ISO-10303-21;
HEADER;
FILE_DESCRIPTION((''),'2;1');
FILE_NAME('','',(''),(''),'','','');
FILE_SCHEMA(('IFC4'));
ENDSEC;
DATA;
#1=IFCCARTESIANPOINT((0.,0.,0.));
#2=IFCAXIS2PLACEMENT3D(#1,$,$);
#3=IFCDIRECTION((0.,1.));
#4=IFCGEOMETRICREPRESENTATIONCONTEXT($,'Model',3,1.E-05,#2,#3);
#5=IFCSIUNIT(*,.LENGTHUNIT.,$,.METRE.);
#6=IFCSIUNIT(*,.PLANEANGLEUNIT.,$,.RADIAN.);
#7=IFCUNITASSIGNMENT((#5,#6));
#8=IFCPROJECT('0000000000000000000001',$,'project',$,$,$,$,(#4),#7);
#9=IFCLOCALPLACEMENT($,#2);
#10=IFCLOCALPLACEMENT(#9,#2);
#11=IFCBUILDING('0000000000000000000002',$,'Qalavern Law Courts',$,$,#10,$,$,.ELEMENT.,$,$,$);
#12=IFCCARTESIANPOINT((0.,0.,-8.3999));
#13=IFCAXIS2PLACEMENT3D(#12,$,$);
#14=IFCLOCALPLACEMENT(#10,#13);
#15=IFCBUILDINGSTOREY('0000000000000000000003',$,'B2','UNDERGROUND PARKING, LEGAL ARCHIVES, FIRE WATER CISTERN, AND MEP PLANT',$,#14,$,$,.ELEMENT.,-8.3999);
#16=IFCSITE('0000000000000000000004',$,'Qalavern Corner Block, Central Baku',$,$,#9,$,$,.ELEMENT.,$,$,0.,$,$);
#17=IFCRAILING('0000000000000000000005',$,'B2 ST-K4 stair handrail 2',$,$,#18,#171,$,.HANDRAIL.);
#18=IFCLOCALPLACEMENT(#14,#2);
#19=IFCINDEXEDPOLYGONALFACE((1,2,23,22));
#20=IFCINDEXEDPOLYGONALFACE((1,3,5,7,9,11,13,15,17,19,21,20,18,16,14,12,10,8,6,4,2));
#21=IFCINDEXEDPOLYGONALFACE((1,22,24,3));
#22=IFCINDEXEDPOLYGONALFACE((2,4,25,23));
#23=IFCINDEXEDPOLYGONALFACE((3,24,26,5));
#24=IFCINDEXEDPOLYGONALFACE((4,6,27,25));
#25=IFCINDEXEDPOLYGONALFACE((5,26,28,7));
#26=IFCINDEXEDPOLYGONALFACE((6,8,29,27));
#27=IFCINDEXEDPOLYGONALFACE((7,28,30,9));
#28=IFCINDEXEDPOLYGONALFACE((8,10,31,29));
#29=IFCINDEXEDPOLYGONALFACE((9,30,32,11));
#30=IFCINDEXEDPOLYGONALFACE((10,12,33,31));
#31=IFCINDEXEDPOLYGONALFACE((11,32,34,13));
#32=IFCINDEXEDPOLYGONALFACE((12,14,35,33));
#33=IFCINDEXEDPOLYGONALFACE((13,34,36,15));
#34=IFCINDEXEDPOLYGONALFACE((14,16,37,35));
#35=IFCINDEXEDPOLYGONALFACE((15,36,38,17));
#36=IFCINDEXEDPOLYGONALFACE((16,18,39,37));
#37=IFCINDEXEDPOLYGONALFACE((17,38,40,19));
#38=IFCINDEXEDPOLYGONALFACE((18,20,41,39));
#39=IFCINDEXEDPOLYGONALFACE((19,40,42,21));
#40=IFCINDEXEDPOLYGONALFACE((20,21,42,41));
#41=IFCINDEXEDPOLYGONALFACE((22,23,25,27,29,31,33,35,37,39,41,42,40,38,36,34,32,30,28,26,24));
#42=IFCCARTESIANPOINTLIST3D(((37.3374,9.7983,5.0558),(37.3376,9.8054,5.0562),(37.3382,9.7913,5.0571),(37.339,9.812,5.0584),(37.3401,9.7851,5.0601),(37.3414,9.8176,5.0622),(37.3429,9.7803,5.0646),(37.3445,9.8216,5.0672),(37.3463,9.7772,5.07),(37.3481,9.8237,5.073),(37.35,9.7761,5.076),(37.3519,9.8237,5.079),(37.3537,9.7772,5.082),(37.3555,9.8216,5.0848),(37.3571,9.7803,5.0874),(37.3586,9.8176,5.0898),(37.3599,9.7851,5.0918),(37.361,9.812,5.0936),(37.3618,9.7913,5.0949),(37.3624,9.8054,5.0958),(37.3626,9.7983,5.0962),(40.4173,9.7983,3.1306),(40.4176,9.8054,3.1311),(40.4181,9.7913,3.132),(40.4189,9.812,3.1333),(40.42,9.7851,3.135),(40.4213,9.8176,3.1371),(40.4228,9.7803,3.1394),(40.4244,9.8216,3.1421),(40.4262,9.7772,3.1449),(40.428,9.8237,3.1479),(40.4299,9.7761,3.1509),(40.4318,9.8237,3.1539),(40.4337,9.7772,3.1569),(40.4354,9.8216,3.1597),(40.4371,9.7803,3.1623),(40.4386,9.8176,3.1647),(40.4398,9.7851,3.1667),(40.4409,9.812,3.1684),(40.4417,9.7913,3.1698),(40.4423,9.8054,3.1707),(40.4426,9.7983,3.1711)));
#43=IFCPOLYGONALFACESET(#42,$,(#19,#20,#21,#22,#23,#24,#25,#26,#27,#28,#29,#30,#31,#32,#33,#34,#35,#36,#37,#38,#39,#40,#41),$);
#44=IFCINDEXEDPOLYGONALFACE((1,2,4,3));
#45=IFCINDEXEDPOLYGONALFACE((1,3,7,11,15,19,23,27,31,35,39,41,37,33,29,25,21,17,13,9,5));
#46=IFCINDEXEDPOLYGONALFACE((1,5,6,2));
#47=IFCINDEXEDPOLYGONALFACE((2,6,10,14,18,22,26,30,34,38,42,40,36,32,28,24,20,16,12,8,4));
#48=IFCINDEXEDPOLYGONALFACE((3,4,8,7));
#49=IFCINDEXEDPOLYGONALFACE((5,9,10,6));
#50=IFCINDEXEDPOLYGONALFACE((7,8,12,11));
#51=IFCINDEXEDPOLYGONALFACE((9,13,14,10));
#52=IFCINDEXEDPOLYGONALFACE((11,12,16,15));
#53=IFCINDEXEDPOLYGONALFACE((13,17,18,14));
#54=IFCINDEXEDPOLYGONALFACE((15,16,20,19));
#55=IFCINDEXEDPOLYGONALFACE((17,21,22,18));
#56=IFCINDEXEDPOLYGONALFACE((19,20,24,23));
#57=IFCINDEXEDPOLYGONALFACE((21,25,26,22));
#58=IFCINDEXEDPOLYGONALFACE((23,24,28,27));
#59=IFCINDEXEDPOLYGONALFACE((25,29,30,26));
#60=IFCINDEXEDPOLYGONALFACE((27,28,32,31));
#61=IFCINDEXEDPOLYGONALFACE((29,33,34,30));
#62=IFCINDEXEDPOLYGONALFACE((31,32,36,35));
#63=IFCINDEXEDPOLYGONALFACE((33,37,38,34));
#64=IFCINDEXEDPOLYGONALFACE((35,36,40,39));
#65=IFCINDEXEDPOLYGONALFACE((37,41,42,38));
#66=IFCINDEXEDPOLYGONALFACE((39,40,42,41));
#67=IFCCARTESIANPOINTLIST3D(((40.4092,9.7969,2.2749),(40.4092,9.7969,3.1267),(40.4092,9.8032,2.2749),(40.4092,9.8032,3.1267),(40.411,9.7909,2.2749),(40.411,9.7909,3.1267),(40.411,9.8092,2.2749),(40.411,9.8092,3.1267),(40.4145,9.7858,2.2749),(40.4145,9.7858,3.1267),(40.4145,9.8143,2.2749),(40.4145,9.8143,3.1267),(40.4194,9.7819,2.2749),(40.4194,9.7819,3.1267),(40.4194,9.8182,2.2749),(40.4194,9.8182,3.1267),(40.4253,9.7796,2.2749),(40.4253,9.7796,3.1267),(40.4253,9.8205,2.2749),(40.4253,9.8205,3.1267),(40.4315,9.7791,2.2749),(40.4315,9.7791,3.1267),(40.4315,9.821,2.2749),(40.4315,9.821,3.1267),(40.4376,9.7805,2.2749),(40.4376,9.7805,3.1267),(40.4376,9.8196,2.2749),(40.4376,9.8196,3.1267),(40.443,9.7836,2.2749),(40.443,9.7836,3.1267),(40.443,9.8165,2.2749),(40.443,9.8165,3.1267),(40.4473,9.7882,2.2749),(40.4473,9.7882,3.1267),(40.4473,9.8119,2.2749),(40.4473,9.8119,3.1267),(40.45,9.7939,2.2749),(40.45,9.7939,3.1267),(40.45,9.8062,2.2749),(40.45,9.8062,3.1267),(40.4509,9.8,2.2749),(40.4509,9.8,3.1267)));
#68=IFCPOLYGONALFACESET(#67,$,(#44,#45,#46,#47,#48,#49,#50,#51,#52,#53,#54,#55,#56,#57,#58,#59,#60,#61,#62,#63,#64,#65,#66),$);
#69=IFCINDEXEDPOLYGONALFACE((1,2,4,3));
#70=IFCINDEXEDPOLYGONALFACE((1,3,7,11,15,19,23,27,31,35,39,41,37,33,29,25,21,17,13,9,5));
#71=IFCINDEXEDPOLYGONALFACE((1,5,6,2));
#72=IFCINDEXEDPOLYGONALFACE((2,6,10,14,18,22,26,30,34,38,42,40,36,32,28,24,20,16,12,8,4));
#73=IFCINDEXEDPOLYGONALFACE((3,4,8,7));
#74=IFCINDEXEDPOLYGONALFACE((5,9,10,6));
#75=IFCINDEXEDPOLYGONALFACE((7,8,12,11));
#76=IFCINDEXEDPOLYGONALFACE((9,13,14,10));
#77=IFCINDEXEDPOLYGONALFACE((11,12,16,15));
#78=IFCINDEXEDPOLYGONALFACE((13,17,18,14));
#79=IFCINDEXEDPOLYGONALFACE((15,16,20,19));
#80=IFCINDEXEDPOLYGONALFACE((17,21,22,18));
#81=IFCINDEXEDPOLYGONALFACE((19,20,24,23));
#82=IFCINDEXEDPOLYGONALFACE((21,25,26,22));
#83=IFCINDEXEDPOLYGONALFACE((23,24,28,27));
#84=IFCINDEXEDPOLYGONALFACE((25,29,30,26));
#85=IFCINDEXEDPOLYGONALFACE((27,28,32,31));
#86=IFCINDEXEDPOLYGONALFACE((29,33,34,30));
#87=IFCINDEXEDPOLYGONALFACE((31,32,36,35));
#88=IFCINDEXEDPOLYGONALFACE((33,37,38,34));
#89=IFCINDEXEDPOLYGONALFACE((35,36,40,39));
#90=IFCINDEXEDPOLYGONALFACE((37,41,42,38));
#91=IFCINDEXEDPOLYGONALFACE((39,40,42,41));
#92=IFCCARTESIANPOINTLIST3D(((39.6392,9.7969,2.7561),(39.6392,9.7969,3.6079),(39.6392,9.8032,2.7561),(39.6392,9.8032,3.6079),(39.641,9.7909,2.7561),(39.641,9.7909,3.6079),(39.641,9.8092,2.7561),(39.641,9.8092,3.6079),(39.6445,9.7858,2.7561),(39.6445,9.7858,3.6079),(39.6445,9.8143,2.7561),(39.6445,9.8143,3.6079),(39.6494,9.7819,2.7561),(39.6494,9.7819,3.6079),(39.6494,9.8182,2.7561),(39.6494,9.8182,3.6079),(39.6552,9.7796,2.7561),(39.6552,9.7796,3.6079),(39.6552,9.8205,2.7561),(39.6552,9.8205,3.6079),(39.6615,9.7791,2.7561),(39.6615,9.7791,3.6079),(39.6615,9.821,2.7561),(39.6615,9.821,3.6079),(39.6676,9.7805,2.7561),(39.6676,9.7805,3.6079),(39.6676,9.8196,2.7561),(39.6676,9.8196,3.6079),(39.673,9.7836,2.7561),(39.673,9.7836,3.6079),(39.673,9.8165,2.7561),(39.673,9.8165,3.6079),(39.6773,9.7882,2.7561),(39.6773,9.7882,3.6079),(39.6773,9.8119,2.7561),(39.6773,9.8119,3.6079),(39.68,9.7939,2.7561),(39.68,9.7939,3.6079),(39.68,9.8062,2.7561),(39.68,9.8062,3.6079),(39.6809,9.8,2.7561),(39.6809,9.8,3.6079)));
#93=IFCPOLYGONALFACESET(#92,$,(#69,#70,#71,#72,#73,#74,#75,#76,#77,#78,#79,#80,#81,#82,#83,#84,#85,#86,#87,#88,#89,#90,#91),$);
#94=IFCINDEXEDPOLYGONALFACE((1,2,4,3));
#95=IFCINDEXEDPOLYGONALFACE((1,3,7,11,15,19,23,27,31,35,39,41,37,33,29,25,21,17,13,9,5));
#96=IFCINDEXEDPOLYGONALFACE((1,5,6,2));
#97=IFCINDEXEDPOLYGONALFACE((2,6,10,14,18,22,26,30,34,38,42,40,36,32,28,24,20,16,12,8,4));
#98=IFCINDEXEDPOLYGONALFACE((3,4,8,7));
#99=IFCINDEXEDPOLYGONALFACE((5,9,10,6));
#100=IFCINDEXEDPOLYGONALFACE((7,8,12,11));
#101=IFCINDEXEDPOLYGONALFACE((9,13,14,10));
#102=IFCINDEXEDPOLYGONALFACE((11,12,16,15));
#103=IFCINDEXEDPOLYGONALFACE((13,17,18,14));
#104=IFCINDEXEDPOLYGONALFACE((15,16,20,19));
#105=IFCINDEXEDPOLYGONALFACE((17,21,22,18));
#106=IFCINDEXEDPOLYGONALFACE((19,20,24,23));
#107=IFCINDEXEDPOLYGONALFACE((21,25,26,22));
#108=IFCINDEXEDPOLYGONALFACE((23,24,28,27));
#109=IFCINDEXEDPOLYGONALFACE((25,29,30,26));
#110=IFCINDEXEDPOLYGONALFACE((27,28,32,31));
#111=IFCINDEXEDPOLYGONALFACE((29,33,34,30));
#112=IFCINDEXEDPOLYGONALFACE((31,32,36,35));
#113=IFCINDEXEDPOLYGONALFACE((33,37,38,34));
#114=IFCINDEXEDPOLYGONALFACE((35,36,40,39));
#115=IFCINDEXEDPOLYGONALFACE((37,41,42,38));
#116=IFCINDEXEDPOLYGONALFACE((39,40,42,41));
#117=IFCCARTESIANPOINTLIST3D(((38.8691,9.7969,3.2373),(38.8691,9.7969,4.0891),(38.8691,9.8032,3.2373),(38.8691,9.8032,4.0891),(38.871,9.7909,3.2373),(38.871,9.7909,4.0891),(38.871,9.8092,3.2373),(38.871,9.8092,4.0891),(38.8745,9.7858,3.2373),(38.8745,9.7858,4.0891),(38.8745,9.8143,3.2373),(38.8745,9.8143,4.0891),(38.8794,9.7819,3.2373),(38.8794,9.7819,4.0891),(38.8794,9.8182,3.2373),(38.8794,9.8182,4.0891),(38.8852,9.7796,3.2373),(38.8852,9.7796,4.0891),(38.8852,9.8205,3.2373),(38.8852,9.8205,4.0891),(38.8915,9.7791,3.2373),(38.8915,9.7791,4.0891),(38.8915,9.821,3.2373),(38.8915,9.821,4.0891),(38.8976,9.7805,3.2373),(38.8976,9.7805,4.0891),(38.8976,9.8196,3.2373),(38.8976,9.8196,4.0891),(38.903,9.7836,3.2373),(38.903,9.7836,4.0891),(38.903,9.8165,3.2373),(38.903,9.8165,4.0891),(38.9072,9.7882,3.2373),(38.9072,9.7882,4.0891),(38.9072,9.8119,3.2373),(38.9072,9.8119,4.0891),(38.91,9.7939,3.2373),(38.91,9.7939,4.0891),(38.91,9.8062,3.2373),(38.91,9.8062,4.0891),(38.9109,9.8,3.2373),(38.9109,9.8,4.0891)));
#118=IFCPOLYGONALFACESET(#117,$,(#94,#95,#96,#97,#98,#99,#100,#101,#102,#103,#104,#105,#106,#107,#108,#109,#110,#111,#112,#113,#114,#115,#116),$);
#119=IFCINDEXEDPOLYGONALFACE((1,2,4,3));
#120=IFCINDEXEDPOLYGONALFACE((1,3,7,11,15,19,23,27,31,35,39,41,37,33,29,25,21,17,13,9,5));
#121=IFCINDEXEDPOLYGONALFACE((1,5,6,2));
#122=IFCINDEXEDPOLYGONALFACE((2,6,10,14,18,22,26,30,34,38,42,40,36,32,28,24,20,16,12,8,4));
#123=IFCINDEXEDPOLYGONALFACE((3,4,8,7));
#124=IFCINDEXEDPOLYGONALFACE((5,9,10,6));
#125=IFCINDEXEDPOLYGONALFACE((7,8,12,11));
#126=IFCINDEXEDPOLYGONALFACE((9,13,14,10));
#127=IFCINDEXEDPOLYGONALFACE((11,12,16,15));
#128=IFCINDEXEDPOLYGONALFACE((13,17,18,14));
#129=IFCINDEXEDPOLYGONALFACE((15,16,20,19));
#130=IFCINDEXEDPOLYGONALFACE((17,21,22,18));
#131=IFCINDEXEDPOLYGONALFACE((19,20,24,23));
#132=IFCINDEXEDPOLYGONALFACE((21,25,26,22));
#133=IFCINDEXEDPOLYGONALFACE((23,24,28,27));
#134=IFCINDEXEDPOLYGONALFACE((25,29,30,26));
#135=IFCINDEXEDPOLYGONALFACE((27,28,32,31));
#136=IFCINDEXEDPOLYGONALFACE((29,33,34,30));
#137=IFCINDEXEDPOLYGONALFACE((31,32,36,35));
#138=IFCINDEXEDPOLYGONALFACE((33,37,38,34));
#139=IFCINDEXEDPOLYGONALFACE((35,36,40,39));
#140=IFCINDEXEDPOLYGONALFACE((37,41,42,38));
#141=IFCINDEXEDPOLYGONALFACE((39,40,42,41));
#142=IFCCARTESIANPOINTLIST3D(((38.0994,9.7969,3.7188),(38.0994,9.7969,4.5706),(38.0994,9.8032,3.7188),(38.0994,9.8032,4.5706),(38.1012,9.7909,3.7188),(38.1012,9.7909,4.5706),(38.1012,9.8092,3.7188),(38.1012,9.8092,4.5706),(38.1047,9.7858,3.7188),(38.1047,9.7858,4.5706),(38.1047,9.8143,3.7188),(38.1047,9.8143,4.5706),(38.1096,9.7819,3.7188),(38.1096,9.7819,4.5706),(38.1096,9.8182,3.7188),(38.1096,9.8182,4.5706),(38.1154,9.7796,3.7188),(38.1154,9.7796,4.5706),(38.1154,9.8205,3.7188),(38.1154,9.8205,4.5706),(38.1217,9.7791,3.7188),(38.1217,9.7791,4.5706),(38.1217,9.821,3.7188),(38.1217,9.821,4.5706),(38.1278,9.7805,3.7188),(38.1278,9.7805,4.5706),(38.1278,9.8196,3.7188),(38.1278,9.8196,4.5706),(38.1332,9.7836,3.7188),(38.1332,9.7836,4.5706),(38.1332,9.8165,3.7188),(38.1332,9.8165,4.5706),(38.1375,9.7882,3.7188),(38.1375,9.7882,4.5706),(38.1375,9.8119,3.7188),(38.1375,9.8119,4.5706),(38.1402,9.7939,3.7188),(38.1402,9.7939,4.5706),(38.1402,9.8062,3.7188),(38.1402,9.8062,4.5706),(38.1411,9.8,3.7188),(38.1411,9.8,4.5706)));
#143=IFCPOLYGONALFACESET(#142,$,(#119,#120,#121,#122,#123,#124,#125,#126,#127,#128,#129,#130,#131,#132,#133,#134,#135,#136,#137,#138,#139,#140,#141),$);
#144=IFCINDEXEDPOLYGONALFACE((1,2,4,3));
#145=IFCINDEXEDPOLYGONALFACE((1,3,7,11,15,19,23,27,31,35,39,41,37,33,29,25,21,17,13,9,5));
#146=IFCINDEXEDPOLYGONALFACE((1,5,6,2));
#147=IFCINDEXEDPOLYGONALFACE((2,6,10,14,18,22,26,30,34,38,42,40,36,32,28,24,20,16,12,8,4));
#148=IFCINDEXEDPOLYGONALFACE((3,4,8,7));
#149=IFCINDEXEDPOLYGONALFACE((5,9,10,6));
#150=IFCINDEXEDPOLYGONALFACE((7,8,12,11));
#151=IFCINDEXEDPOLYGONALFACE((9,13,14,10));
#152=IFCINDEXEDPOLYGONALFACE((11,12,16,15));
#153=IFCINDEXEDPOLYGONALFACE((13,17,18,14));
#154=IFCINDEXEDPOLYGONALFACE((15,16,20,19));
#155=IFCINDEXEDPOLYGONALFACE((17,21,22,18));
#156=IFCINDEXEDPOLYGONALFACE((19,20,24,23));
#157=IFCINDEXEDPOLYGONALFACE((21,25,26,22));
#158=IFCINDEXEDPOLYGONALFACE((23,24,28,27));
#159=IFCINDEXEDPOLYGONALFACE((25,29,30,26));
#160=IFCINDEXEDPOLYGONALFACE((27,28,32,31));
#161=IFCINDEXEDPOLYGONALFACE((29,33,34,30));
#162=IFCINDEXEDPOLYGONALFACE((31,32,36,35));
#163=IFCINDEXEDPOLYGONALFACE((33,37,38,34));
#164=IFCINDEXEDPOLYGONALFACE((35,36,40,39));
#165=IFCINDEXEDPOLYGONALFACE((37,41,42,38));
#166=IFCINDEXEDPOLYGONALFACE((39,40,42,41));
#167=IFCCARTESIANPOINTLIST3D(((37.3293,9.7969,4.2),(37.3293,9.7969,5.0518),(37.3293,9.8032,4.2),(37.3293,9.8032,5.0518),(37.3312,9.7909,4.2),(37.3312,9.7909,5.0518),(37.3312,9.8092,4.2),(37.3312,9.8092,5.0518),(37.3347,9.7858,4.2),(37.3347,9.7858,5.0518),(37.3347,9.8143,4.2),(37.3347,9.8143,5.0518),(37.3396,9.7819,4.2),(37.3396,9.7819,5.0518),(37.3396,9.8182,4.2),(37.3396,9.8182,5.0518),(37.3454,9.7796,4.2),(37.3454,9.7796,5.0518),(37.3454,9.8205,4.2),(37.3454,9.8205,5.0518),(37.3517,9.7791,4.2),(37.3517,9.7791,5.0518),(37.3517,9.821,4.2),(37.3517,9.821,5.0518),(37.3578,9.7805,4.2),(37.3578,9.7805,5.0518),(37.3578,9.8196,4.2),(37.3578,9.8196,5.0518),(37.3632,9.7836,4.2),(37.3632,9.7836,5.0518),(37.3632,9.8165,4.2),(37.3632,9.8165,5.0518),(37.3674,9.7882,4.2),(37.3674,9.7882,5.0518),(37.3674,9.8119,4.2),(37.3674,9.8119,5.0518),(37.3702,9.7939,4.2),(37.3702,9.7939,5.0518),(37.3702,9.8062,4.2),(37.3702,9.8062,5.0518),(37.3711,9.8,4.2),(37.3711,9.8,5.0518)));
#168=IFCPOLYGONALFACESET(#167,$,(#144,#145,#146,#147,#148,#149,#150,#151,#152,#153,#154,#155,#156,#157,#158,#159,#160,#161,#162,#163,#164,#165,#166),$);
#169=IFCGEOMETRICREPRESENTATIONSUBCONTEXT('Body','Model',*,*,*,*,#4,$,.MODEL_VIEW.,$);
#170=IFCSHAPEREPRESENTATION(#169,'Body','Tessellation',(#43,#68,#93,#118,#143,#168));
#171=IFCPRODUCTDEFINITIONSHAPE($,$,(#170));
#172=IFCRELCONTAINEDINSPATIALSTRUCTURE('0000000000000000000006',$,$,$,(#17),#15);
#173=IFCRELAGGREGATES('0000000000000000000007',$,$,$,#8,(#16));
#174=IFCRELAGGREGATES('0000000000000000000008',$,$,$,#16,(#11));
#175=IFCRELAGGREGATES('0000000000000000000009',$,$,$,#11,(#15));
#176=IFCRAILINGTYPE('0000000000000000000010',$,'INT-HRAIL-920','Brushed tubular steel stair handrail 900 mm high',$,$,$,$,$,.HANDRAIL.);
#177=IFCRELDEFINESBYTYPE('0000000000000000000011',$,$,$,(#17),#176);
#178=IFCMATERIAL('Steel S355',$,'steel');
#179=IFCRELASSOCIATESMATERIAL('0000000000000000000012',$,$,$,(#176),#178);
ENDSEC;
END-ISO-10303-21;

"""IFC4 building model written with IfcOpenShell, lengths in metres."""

from ifc_helpers import new_model, si_unit, direction, frame, origin, origin_2d, place, context, subcontext, project, spatial, circle, extrude, material, type_object, element, save


model = new_model("IFC4")

# Units and contexts
model_context = context("Model", 3, precision=1e-05, world=origin(), true_north=direction((0.0, 1.0)))
body_context = subcontext(model_context, "Body", "Model", "MODEL_VIEW")
ifc_project = project(units=[si_unit("LENGTHUNIT", "METRE"), si_unit("PLANEANGLEUNIT", "RADIAN")], contexts=[model_context])

# Site, building, storey
site_placement = place(None, origin())
site = spatial("IfcSite", under=ifc_project, at=site_placement, Name="Qalavern Corner Block, Central Baku", CompositionType="ELEMENT", RefElevation=0.0)
building_placement = place(site_placement, origin())
building = spatial("IfcBuilding", under=site, at=building_placement, Name="Qalavern Law Courts", CompositionType="ELEMENT")
storey_placement = place(building_placement, frame((0.0, 0.0, -8.3999)))
storey = spatial("IfcBuildingStorey", under=building, at=storey_placement, Name="B2", Description="UNDERGROUND PARKING, LEGAL ARCHIVES, FIRE WATER CISTERN, AND MEP PLANT", CompositionType="ELEMENT", Elevation=-8.3999)

# Railing
ifc_material_1 = material(Name="Steel S355", Category="steel")
railing_type_1 = type_object("IfcRailingType", Name="INT-HRAIL-920", Description="Brushed tubular steel stair handrail 900 mm high", PredefinedType="HANDRAIL", material=ifc_material_1)
railing_1_placement = place(storey_placement, frame((40.4299, 9.8, 2.2749)))
element("IfcRailing", 1, at=railing_1_placement, inside=storey, type_object=railing_type_1, Name="B2 ST-K4 stair handrail 2", PredefinedType="HANDRAIL", context=body_context, shape_type="SweptSolid", body=[
    extrude(circle(Radius=0.0239, at=origin_2d()), frame((0.0, 0.0, 0.876), z_axis=(-0.847979, 0.0, 0.530029), x_axis=(0.0, -1.0, 0.0)), (0.0, 0.0, 1.0), 3.6321),
    extrude(circle(Radius=0.021, at=origin_2d()), origin(), (0.0, 0.0, 1.0), 0.8518),
    extrude(circle(Radius=0.021, at=origin_2d()), frame((-0.77, 0.0, 0.4812)), (0.0, 0.0, 1.0), 0.8518),
    extrude(circle(Radius=0.021, at=origin_2d()), frame((-1.54, 0.0, 0.9624)), (0.0, 0.0, 1.0), 0.8518),
    extrude(circle(Radius=0.021, at=origin_2d()), frame((-2.3098, 0.0, 1.4438)), (0.0, 0.0, 1.0), 0.8518),
    extrude(circle(Radius=0.021, at=origin_2d()), frame((-3.0798, 0.0, 1.925)), (0.0, 0.0, 1.0), 0.8518),
])

save(model, "model.ifc")
